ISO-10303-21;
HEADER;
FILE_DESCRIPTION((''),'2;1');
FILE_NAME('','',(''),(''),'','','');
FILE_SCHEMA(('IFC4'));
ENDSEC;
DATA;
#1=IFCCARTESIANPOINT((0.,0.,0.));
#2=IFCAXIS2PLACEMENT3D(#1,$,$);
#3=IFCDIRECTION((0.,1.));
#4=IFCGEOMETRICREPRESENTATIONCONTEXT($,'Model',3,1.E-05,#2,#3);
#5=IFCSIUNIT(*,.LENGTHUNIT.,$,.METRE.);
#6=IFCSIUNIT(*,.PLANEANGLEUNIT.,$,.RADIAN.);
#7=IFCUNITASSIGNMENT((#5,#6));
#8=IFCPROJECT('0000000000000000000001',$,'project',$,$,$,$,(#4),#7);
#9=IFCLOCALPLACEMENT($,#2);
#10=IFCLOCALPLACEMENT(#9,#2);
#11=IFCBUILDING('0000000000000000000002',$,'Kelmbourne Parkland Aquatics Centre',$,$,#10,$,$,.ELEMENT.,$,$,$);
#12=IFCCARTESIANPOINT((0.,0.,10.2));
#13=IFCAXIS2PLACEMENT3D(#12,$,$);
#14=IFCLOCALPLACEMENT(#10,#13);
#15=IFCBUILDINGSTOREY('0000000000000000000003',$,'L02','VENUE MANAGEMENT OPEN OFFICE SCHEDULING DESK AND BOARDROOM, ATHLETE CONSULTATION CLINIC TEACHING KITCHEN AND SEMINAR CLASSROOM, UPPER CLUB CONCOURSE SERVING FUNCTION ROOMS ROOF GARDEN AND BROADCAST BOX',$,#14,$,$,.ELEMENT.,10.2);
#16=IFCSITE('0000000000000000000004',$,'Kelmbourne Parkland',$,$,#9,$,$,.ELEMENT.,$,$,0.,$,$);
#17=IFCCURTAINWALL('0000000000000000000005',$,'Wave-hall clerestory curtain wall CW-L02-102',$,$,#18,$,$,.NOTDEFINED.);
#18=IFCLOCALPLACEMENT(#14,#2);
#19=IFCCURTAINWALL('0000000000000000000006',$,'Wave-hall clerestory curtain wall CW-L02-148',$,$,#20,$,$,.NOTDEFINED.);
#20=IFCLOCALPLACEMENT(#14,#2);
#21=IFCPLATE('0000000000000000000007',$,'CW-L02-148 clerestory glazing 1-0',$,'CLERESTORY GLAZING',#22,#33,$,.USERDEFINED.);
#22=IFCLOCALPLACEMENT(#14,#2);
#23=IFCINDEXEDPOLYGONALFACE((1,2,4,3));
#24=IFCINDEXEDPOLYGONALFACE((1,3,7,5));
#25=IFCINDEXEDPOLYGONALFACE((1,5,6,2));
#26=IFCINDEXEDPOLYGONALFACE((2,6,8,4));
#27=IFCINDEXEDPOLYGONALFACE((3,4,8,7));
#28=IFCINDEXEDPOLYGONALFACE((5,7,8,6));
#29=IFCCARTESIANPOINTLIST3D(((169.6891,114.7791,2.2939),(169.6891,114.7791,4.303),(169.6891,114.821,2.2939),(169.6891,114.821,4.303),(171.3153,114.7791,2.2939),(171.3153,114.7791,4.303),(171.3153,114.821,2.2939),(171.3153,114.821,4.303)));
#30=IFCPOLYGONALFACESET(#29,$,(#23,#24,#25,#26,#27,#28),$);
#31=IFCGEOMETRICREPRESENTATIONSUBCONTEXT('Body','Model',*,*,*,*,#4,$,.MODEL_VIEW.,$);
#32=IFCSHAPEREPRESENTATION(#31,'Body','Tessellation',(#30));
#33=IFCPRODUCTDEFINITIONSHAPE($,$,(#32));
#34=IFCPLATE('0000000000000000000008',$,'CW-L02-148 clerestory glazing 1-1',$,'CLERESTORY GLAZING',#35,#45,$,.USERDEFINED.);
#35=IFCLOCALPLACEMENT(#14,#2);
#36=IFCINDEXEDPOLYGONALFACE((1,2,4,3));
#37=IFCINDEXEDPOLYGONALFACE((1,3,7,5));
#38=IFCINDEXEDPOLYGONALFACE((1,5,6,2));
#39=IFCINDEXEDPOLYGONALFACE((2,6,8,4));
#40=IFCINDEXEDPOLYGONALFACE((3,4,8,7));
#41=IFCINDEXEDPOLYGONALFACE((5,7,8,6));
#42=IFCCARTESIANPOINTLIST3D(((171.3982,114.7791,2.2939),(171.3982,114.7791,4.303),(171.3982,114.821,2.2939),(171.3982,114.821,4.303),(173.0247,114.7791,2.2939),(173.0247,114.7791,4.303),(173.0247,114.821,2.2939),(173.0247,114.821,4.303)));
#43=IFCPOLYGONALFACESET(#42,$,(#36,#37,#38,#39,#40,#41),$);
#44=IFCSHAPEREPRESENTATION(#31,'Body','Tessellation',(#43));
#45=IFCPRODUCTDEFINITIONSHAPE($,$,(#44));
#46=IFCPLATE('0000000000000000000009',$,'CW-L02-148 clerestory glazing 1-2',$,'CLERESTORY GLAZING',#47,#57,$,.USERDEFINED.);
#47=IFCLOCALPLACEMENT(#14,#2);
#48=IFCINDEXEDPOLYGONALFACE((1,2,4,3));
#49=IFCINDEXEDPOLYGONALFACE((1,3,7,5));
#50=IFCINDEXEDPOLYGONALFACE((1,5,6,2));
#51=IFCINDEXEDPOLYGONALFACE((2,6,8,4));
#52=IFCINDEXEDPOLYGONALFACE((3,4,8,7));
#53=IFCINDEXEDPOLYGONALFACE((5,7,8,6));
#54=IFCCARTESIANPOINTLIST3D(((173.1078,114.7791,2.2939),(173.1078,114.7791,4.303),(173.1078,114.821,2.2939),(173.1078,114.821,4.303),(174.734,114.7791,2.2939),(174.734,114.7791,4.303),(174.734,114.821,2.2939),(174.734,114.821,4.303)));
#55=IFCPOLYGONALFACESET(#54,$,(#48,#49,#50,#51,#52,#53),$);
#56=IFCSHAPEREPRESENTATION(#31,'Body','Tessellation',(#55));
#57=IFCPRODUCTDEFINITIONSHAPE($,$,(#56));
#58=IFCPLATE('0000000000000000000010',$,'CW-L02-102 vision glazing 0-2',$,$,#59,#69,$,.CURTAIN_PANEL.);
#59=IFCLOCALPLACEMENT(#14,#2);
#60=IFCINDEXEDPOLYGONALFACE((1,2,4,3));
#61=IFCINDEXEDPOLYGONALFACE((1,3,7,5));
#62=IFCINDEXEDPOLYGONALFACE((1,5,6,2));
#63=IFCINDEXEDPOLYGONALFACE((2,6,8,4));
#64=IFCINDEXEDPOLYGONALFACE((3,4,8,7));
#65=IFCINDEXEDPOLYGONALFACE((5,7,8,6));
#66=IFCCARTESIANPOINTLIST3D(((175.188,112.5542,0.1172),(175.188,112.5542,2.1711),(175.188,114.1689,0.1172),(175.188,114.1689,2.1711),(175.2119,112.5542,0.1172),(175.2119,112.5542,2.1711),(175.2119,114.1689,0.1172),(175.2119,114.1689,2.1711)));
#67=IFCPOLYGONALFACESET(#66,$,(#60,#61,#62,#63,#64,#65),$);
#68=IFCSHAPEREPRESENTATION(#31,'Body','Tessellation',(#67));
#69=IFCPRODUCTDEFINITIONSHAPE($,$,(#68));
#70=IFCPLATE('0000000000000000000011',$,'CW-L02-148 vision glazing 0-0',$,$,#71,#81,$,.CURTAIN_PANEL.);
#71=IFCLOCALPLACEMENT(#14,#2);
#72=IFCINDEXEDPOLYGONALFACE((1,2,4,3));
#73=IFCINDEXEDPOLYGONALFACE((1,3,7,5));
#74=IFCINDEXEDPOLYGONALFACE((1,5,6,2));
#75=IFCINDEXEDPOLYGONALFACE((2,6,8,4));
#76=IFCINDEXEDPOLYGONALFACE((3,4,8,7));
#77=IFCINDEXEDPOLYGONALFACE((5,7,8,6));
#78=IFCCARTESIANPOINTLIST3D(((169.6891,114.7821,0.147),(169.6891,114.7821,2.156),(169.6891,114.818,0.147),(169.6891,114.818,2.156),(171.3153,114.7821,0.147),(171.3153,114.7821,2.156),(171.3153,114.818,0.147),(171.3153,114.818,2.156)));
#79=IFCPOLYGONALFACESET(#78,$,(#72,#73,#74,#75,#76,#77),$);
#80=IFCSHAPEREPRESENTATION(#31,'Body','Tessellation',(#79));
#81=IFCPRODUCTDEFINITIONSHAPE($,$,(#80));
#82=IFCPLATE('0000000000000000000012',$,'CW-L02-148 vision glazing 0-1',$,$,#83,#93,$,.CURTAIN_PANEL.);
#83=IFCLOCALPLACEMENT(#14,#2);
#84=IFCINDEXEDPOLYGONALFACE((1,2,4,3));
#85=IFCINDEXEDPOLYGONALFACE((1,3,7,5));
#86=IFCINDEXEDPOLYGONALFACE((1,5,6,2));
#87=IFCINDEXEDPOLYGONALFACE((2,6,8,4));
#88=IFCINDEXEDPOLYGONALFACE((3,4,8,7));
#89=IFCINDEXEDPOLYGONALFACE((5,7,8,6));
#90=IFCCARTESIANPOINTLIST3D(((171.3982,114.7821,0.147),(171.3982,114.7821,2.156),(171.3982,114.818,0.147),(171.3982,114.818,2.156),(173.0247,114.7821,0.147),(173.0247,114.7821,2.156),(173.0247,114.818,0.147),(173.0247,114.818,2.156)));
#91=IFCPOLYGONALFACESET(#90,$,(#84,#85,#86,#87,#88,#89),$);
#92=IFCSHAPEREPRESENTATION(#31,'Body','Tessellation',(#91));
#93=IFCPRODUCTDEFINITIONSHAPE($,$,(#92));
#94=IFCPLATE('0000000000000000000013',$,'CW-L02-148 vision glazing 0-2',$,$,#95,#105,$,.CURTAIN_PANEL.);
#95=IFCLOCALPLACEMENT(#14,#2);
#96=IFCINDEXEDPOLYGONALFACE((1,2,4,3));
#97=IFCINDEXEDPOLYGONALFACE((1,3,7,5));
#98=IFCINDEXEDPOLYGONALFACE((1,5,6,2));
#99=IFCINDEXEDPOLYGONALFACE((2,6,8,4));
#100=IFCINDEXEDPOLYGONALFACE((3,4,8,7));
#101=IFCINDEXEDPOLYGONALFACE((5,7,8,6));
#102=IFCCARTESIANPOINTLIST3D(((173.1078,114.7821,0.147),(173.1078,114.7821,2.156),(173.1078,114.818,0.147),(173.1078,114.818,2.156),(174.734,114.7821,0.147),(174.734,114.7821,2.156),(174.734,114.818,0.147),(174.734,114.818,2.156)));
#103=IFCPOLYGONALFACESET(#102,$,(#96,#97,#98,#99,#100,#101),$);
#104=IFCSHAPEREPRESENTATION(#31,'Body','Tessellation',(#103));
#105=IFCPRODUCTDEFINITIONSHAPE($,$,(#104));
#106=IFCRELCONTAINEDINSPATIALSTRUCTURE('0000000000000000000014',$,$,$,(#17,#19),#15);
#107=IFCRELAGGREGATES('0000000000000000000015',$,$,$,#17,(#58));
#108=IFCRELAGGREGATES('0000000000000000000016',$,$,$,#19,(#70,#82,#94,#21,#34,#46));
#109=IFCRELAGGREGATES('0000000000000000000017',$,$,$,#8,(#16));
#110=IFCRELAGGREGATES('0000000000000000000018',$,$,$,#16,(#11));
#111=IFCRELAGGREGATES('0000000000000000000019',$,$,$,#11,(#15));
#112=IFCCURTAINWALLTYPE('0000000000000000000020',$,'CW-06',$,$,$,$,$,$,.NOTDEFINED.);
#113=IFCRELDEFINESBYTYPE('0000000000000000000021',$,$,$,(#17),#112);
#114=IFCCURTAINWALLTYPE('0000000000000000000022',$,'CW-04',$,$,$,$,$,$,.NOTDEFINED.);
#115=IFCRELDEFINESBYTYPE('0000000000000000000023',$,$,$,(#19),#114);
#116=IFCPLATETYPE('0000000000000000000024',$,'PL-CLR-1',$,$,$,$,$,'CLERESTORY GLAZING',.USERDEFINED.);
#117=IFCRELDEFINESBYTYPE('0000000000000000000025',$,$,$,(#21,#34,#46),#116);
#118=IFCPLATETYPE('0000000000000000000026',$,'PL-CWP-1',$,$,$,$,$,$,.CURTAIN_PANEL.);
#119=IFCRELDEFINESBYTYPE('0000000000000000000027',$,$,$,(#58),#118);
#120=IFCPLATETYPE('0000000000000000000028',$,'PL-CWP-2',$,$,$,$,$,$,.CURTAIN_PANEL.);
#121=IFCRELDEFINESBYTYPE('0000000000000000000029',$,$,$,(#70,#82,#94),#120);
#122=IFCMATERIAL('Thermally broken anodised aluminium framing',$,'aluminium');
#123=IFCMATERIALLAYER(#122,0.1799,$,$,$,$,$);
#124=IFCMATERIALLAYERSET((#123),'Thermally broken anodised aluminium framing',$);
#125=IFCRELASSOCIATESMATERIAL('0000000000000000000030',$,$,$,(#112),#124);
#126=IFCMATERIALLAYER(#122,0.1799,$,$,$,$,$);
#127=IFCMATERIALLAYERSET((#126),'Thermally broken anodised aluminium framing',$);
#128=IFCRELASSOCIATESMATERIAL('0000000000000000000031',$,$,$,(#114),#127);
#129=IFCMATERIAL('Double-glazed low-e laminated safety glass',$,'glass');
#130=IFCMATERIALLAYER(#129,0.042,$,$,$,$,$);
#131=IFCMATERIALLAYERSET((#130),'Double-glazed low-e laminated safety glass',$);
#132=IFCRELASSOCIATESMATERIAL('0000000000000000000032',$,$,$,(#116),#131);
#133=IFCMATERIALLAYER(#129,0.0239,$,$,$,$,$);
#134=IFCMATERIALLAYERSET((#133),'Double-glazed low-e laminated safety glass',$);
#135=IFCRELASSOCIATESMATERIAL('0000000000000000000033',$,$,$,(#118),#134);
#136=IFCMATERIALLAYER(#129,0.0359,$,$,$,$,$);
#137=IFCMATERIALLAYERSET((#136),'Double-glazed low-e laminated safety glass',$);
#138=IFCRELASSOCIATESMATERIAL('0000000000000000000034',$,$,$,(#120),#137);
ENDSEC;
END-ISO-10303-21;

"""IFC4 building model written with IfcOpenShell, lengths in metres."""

from ifc_helpers import new_model, si_unit, direction, frame, origin, origin_2d, place, context, subcontext, project, spatial, rectangle, extrude, material, layer, layer_set, type_object, element, aggregate, save


model = new_model("IFC4")

# Units and contexts
model_context = context("Model", 3, precision=1e-05, world=origin(), true_north=direction((0.0, 1.0)))
body_context = subcontext(model_context, "Body", "Model", "MODEL_VIEW")
ifc_project = project(units=[si_unit("LENGTHUNIT", "METRE"), si_unit("PLANEANGLEUNIT", "RADIAN")], contexts=[model_context])

# Site, building, storey
site_placement = place(None, origin())
site = spatial("IfcSite", under=ifc_project, at=site_placement, Name="Kelmbourne Parkland", CompositionType="ELEMENT", RefElevation=0.0)
building_placement = place(site_placement, origin())
building = spatial("IfcBuilding", under=site, at=building_placement, Name="Kelmbourne Parkland Aquatics Centre", CompositionType="ELEMENT")
storey_placement = place(building_placement, frame((0.0, 0.0, 10.2)))
storey = spatial("IfcBuildingStorey", under=building, at=storey_placement, Name="L02", Description="VENUE MANAGEMENT OPEN OFFICE SCHEDULING DESK AND BOARDROOM, ATHLETE CONSULTATION CLINIC TEACHING KITCHEN AND SEMINAR CLASSROOM, UPPER CLUB CONCOURSE SERVING FUNCTION ROOMS ROOF GARDEN AND BROADCAST BOX", CompositionType="ELEMENT", Elevation=10.2)

# Curtain walls
ifc_material_1 = material(Name="Thermally broken anodised aluminium framing", Category="aluminium")
ifc_layer_1 = layer(ifc_material_1, 0.1799)
ifc_layer_set_1 = layer_set([ifc_layer_1], Name="Thermally broken anodised aluminium framing")
curtain_wall_type_1 = type_object("IfcCurtainWallType", Name="CW-06", PredefinedType="NOTDEFINED", material=ifc_layer_set_1)
curtain_wall_1_placement = place(storey_placement, origin())
curtain_wall_1 = element("IfcCurtainWall", 1, at=curtain_wall_1_placement, inside=storey, type_object=curtain_wall_type_1, Name="Wave-hall clerestory curtain wall CW-L02-102", PredefinedType="NOTDEFINED")
ifc_layer_2 = layer(ifc_material_1, 0.1799)
ifc_layer_set_2 = layer_set([ifc_layer_2], Name="Thermally broken anodised aluminium framing")
curtain_wall_type_2 = type_object("IfcCurtainWallType", Name="CW-04", PredefinedType="NOTDEFINED", material=ifc_layer_set_2)
curtain_wall_2_placement = place(storey_placement, origin())
curtain_wall_2 = element("IfcCurtainWall", 2, at=curtain_wall_2_placement, inside=storey, type_object=curtain_wall_type_2, Name="Wave-hall clerestory curtain wall CW-L02-148", PredefinedType="NOTDEFINED")

# Plates
ifc_material_2 = material(Name="Double-glazed low-e laminated safety glass", Category="glass")
ifc_layer_3 = layer(ifc_material_2, 0.042)
ifc_layer_set_3 = layer_set([ifc_layer_3], Name="Double-glazed low-e laminated safety glass")
plate_type_1 = type_object("IfcPlateType", Name="PL-CLR-1", ElementType="CLERESTORY GLAZING", PredefinedType="USERDEFINED", material=ifc_layer_set_3)
plate_1_placement = place(storey_placement, frame((170.5022, 114.8, 2.2939), z_axis=(0.0, 0.0, 1.0), x_axis=(1.0, 0.0, 0.0)))
plate_1 = element("IfcPlate", 3, at=plate_1_placement, type_object=plate_type_1, Name="CW-L02-148 clerestory glazing 1-0", ObjectType="CLERESTORY GLAZING", PredefinedType="USERDEFINED", context=body_context, shape_type="SweptSolid", body=[
    extrude(rectangle(XDim=1.6262, YDim=0.042, at=origin_2d()), origin(), (0.0, 0.0, 1.0), 2.009),
])
plate_2_placement = place(storey_placement, frame((172.2114, 114.8, 2.2939), z_axis=(0.0, 0.0, 1.0), x_axis=(1.0, 0.0, 0.0)))
plate_2 = element("IfcPlate", 4, at=plate_2_placement, type_object=plate_type_1, Name="CW-L02-148 clerestory glazing 1-1", ObjectType="CLERESTORY GLAZING", PredefinedType="USERDEFINED", context=body_context, shape_type="SweptSolid", body=[
    extrude(rectangle(XDim=1.6265, YDim=0.042, at=origin_2d()), origin(), (0.0, 0.0, 1.0), 2.009),
])
plate_3_placement = place(storey_placement, frame((173.9209, 114.8, 2.2939), z_axis=(0.0, 0.0, 1.0), x_axis=(1.0, 0.0, 0.0)))
plate_3 = element("IfcPlate", 5, at=plate_3_placement, type_object=plate_type_1, Name="CW-L02-148 clerestory glazing 1-2", ObjectType="CLERESTORY GLAZING", PredefinedType="USERDEFINED", context=body_context, shape_type="SweptSolid", body=[
    extrude(rectangle(XDim=1.6262, YDim=0.042, at=origin_2d()), origin(), (0.0, 0.0, 1.0), 2.009),
])
ifc_layer_4 = layer(ifc_material_2, 0.0239)
ifc_layer_set_4 = layer_set([ifc_layer_4], Name="Double-glazed low-e laminated safety glass")
plate_type_2 = type_object("IfcPlateType", Name="PL-CWP-1", PredefinedType="CURTAIN_PANEL", material=ifc_layer_set_4)
plate_4_placement = place(storey_placement, frame((175.2, 113.3616, 0.1172), z_axis=(0.0, 0.0, 1.0), x_axis=(0.0, 1.0, 0.0)))
plate_4 = element("IfcPlate", 6, at=plate_4_placement, type_object=plate_type_2, Name="CW-L02-102 vision glazing 0-2", PredefinedType="CURTAIN_PANEL", context=body_context, shape_type="SweptSolid", body=[
    extrude(rectangle(XDim=1.6147, YDim=0.0239, at=origin_2d()), origin(), (0.0, 0.0, 1.0), 2.054),
])
aggregate(curtain_wall_1, [plate_4])
ifc_layer_5 = layer(ifc_material_2, 0.0359)
ifc_layer_set_5 = layer_set([ifc_layer_5], Name="Double-glazed low-e laminated safety glass")
plate_type_3 = type_object("IfcPlateType", Name="PL-CWP-2", PredefinedType="CURTAIN_PANEL", material=ifc_layer_set_5)
plate_5_placement = place(storey_placement, frame((170.5022, 114.8, 0.147), z_axis=(0.0, 0.0, 1.0), x_axis=(1.0, 0.0, 0.0)))
plate_5 = element("IfcPlate", 7, at=plate_5_placement, type_object=plate_type_3, Name="CW-L02-148 vision glazing 0-0", PredefinedType="CURTAIN_PANEL", context=body_context, shape_type="SweptSolid", body=[
    extrude(rectangle(XDim=1.6262, YDim=0.0359, at=origin_2d()), origin(), (0.0, 0.0, 1.0), 2.009),
])
plate_6_placement = place(storey_placement, frame((172.2114, 114.8, 0.147), z_axis=(0.0, 0.0, 1.0), x_axis=(1.0, 0.0, 0.0)))
plate_6 = element("IfcPlate", 8, at=plate_6_placement, type_object=plate_type_3, Name="CW-L02-148 vision glazing 0-1", PredefinedType="CURTAIN_PANEL", context=body_context, shape_type="SweptSolid", body=[
    extrude(rectangle(XDim=1.6265, YDim=0.0359, at=origin_2d()), origin(), (0.0, 0.0, 1.0), 2.009),
])
plate_7_placement = place(storey_placement, frame((173.9209, 114.8, 0.147), z_axis=(0.0, 0.0, 1.0), x_axis=(1.0, 0.0, 0.0)))
plate_7 = element("IfcPlate", 9, at=plate_7_placement, type_object=plate_type_3, Name="CW-L02-148 vision glazing 0-2", PredefinedType="CURTAIN_PANEL", context=body_context, shape_type="SweptSolid", body=[
    extrude(rectangle(XDim=1.6262, YDim=0.0359, at=origin_2d()), origin(), (0.0, 0.0, 1.0), 2.009),
])
aggregate(curtain_wall_2, [plate_5, plate_6, plate_7, plate_1, plate_2, plate_3])

save(model, "model.ifc")
